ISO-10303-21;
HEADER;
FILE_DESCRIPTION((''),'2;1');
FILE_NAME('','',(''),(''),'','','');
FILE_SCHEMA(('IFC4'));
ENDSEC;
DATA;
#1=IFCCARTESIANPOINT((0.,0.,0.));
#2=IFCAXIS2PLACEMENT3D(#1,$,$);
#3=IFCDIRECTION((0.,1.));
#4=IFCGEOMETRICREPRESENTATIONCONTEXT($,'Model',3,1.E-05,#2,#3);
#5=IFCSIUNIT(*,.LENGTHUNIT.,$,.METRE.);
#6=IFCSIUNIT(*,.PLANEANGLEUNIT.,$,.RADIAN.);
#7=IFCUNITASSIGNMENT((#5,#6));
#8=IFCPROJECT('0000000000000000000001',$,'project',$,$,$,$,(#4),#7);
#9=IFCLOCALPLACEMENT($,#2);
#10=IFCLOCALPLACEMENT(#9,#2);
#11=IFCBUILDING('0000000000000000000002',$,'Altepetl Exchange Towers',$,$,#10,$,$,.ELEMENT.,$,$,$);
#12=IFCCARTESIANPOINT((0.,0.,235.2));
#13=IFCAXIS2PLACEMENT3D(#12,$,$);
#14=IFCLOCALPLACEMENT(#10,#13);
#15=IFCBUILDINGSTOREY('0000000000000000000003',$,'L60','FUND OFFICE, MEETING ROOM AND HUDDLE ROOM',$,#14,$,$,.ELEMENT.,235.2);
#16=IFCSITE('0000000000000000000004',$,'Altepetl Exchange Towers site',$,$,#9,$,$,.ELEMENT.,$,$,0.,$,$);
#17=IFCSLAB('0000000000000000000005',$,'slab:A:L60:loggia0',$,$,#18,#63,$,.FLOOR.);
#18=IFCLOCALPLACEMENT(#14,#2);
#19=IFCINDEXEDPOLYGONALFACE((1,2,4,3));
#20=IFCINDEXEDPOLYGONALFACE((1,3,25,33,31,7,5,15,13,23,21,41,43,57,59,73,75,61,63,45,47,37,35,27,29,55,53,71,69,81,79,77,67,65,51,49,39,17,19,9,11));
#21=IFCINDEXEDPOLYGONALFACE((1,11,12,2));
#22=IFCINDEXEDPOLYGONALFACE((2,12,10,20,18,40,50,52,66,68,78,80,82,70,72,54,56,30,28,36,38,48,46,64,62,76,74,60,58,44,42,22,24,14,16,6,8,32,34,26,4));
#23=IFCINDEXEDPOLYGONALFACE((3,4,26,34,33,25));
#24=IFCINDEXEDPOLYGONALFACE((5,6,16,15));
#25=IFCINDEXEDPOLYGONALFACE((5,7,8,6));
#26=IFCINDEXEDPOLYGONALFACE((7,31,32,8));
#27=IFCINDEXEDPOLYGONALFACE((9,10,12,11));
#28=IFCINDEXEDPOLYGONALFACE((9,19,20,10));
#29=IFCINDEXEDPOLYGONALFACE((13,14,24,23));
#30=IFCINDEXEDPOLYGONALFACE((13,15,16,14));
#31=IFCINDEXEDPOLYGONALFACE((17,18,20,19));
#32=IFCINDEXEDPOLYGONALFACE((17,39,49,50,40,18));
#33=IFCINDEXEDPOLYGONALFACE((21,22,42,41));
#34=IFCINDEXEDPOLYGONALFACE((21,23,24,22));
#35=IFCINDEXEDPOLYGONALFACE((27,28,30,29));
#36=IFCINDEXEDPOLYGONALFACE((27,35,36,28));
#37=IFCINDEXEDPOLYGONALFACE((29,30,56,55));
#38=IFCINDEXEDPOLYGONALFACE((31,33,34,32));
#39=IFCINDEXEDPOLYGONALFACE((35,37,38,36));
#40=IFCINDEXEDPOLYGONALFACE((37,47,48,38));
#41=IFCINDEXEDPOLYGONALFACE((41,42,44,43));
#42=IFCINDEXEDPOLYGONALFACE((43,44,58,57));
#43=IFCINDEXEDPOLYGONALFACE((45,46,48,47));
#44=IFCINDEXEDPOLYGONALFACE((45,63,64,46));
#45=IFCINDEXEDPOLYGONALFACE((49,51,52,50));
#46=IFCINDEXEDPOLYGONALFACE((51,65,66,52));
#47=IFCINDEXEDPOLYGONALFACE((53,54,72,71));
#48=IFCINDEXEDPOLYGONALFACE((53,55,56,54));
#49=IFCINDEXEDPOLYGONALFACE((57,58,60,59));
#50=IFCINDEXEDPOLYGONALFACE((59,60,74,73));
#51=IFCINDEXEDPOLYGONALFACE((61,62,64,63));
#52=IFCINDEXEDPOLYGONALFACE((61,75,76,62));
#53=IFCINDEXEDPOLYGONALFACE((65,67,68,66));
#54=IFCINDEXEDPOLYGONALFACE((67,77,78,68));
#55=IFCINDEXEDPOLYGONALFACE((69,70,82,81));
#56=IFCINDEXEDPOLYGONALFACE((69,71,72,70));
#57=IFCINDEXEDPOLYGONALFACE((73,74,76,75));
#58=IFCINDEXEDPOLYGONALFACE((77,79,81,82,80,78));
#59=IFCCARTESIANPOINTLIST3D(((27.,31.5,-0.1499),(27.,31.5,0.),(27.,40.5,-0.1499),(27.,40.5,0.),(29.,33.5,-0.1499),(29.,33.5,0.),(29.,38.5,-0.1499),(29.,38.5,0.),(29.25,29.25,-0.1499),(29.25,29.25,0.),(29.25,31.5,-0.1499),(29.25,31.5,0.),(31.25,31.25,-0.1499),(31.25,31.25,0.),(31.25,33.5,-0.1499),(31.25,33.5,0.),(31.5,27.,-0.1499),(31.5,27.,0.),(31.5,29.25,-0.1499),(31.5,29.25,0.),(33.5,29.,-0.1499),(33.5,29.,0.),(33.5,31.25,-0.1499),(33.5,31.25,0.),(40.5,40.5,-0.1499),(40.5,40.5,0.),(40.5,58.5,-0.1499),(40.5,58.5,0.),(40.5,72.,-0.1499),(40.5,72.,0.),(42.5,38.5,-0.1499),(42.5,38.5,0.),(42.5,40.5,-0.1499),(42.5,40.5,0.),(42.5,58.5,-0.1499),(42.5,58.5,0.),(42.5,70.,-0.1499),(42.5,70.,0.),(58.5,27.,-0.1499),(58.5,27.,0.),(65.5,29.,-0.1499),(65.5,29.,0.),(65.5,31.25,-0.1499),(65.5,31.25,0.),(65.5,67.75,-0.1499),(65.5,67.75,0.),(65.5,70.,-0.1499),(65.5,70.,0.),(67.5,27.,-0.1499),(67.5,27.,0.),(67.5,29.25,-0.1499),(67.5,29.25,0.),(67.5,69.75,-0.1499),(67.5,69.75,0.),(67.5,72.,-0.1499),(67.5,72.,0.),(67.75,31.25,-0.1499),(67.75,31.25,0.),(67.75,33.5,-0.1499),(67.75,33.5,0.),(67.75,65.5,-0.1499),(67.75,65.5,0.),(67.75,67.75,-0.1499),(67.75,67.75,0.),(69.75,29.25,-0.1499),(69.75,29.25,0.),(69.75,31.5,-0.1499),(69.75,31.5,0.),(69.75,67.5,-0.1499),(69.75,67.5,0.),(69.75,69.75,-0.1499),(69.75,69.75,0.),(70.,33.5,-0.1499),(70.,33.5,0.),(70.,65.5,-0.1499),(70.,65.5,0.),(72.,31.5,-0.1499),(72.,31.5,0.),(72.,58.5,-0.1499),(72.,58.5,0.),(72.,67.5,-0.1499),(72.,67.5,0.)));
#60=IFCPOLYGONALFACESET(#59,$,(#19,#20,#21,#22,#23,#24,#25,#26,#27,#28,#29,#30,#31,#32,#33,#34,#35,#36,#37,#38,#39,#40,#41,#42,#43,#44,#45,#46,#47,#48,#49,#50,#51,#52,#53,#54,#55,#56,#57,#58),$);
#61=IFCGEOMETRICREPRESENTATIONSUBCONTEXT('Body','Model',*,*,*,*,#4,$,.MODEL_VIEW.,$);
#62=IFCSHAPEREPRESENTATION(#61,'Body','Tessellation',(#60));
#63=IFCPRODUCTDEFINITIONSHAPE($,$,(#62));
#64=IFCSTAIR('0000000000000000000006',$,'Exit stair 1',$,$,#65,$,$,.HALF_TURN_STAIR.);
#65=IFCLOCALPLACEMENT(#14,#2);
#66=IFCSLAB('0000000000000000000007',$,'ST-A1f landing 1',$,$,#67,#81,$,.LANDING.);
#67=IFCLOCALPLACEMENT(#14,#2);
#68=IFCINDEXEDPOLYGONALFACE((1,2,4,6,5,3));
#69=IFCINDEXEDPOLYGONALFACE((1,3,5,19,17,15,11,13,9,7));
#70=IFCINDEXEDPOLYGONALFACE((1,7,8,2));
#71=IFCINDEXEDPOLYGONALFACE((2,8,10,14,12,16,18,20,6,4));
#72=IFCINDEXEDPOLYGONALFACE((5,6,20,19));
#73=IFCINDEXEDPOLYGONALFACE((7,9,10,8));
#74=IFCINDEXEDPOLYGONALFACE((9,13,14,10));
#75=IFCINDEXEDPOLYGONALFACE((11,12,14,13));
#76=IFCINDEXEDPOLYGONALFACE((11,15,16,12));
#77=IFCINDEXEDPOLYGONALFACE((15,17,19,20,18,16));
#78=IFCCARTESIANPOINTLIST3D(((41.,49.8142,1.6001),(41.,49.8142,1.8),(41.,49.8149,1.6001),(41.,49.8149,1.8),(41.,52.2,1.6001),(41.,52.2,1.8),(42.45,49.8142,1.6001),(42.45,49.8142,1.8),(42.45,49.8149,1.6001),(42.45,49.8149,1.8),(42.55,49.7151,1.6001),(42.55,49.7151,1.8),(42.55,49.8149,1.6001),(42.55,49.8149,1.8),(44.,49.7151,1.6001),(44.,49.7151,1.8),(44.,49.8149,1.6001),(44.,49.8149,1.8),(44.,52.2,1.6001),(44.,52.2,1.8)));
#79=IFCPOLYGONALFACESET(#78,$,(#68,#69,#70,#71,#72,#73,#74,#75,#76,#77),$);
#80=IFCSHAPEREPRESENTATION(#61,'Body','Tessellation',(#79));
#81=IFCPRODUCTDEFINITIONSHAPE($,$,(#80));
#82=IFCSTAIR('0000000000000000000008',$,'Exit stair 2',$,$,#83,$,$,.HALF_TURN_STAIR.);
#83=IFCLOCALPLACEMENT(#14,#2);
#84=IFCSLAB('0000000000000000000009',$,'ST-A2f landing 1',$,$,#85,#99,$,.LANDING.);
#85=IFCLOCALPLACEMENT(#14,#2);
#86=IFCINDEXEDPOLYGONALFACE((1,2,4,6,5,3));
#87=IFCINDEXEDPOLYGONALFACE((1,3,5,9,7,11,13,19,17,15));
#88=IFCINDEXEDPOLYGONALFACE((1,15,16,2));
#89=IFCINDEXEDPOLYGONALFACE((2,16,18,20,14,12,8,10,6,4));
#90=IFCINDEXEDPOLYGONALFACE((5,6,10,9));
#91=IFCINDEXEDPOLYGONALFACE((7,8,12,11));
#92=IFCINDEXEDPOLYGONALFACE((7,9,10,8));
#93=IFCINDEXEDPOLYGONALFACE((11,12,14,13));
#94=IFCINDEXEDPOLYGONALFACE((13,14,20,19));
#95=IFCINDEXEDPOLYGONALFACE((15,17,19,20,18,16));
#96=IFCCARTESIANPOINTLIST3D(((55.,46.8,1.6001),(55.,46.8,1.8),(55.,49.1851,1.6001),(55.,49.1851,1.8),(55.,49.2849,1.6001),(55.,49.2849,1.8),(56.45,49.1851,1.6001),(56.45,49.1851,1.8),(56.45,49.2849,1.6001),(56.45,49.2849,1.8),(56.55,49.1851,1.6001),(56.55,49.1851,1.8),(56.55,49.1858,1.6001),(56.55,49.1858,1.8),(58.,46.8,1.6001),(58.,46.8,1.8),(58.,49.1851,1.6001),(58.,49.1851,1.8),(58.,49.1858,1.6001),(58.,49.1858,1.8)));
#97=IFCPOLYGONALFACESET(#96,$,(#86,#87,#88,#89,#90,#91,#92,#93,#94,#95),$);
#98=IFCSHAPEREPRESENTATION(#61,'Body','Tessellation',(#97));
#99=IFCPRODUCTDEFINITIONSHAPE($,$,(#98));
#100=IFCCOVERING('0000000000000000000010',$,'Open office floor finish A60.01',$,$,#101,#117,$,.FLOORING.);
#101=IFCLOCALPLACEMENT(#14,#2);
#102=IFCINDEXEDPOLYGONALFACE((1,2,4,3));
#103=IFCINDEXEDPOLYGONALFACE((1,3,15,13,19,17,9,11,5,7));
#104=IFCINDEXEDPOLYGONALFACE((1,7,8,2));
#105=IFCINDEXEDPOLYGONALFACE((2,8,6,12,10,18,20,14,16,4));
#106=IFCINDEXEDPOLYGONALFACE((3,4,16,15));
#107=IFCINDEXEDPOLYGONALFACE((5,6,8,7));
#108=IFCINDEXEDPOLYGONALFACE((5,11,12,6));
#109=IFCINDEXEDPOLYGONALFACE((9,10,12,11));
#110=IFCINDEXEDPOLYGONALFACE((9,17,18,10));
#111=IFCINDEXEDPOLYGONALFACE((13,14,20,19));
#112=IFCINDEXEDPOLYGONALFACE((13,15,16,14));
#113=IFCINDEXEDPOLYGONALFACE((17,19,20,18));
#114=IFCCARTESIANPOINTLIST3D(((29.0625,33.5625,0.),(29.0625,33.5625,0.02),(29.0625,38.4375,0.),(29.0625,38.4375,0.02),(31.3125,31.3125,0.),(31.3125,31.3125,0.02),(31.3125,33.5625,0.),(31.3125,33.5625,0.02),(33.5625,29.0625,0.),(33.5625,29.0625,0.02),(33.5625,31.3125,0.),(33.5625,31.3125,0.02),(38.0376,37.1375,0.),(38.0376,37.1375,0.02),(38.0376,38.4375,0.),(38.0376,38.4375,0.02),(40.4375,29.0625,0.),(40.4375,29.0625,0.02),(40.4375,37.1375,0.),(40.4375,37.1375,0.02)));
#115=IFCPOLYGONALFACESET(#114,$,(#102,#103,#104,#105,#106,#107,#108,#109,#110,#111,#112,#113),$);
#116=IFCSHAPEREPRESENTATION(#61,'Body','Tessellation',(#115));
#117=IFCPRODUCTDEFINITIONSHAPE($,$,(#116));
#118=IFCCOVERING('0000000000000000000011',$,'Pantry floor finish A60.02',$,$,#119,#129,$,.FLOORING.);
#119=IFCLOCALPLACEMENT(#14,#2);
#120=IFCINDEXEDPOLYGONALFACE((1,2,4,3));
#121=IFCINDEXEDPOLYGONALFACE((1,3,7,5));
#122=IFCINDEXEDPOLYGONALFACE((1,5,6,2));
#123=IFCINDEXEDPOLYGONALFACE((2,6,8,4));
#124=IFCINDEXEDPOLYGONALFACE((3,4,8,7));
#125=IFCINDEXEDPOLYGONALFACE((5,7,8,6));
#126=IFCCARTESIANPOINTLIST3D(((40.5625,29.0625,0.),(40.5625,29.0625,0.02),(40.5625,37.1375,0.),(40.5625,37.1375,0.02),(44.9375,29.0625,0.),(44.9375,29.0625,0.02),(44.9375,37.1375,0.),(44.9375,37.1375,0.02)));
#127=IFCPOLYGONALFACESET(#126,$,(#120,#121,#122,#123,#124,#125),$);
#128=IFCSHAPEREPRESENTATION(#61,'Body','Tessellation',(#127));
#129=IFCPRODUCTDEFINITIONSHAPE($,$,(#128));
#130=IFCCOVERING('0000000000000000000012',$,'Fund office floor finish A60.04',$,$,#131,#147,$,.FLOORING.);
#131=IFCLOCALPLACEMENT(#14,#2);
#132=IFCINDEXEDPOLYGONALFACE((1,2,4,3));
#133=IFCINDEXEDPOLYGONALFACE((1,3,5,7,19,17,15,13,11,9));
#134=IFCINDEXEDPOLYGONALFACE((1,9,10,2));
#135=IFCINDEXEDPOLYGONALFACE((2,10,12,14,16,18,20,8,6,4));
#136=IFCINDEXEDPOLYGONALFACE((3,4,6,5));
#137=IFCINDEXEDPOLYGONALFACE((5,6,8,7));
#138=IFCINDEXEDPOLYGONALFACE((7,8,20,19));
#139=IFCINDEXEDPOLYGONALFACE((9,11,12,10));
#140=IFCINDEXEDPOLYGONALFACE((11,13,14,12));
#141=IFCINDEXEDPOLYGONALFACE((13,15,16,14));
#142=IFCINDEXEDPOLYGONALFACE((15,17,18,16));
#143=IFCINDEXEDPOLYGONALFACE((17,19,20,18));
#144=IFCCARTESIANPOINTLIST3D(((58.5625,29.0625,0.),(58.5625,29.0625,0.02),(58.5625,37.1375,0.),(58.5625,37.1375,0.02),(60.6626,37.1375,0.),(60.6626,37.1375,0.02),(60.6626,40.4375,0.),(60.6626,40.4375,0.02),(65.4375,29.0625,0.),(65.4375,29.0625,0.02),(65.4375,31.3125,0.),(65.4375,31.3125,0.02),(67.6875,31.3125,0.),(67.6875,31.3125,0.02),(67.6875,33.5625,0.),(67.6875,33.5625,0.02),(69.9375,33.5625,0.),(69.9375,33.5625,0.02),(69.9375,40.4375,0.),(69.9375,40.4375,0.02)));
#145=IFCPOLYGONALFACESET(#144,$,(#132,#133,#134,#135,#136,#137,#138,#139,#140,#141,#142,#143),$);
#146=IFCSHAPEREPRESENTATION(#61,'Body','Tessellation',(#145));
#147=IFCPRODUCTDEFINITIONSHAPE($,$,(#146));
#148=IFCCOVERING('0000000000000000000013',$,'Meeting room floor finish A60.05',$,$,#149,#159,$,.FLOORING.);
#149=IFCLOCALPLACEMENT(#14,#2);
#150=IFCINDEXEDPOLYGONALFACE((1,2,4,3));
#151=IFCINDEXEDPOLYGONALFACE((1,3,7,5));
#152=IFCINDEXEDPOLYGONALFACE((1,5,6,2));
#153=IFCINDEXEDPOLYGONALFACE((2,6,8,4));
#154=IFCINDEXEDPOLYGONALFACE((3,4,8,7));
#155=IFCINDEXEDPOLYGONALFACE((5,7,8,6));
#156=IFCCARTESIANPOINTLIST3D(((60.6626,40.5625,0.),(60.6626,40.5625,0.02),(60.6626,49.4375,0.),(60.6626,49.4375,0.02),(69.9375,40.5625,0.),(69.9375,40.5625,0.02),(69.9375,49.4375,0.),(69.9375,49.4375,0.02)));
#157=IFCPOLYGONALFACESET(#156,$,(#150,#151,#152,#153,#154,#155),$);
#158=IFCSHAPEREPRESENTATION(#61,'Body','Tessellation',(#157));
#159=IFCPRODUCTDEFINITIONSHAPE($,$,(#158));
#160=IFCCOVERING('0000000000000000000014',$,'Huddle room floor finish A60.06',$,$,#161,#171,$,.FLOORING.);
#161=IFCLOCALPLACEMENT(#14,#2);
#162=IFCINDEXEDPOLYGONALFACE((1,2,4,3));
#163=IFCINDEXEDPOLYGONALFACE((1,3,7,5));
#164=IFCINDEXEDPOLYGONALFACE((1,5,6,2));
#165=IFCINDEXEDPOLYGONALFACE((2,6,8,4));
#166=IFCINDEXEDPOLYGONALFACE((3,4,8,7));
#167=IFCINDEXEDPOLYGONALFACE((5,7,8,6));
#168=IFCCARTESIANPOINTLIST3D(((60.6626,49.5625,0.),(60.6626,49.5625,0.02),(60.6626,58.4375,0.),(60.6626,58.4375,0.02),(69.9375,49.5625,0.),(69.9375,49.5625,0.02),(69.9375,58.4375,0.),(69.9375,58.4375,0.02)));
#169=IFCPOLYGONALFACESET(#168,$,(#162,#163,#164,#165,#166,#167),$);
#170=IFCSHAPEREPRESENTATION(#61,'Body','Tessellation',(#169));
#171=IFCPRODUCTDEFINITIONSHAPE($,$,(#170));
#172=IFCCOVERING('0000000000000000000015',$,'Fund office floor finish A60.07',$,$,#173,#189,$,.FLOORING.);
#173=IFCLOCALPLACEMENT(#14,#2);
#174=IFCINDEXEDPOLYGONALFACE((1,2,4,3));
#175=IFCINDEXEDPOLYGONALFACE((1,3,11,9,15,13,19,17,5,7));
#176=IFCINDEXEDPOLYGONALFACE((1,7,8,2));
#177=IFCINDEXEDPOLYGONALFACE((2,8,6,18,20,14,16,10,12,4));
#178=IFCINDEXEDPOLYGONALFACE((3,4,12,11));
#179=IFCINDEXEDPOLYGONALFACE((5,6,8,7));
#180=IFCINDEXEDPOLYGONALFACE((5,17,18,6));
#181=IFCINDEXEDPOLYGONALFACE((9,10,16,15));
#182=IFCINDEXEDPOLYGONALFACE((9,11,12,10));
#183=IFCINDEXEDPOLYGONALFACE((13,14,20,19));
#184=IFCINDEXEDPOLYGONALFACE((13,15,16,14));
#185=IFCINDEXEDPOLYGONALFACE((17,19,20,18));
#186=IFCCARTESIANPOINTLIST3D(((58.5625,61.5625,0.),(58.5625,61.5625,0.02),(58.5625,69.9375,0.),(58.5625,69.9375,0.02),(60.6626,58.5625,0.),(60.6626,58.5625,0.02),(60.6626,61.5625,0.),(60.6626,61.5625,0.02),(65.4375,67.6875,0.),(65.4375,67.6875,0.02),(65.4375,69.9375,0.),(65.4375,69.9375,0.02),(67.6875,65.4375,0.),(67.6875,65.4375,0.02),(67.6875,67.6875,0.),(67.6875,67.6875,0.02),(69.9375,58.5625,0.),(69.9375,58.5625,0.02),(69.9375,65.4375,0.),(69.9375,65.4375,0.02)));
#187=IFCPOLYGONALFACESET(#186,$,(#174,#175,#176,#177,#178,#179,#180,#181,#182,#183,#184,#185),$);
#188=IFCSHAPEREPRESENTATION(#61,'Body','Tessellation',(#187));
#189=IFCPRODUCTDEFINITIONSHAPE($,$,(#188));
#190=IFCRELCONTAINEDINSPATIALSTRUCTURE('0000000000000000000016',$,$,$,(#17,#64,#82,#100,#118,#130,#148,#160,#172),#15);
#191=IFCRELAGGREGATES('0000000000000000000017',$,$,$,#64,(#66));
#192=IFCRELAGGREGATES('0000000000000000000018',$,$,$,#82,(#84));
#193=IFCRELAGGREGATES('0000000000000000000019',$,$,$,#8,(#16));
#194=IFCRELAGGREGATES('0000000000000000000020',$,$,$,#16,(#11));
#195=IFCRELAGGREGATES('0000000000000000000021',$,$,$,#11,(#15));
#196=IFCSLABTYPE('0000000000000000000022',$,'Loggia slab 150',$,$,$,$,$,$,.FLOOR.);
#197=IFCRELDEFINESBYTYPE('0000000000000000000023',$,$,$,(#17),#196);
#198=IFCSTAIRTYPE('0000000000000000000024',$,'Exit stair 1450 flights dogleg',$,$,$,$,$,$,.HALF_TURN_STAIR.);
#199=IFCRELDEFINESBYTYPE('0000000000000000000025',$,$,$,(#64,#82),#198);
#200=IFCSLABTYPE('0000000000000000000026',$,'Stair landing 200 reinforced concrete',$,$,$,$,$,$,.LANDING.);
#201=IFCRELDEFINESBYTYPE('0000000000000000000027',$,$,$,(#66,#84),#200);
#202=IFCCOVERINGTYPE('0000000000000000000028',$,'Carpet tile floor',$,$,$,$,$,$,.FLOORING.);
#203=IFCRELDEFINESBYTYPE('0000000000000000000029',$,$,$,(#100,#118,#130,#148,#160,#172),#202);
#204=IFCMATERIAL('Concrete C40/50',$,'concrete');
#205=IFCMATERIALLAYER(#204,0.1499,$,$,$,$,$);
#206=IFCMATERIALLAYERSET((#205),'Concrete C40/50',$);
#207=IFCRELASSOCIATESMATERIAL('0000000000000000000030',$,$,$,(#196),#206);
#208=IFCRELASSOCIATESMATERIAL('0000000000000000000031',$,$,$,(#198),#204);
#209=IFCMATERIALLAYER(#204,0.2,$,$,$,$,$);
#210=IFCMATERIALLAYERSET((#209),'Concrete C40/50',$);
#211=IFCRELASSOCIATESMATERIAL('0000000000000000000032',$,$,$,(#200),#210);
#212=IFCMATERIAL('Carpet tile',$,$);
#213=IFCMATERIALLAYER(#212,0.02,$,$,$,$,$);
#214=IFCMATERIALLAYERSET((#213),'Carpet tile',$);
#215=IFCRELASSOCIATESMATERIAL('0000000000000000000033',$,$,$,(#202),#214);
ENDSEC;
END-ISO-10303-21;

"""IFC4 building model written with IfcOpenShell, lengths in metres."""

from ifc_helpers import new_model, si_unit, direction, frame, origin, place, context, subcontext, project, spatial, polyline, outline, extrude, material, layer, layer_set, type_object, element, aggregate, save


model = new_model("IFC4")

# Units and contexts
model_context = context("Model", 3, precision=1e-05, world=origin(), true_north=direction((0.0, 1.0)))
body_context = subcontext(model_context, "Body", "Model", "MODEL_VIEW")
ifc_project = project(units=[si_unit("LENGTHUNIT", "METRE"), si_unit("PLANEANGLEUNIT", "RADIAN")], contexts=[model_context])

# Site, building, storey
site_placement = place(None, origin())
site = spatial("IfcSite", under=ifc_project, at=site_placement, Name="Altepetl Exchange Towers site", CompositionType="ELEMENT", RefElevation=0.0)
building_placement = place(site_placement, origin())
building = spatial("IfcBuilding", under=site, at=building_placement, Name="Altepetl Exchange Towers", CompositionType="ELEMENT")
storey_placement = place(building_placement, frame((0.0, 0.0, 235.2)))
storey = spatial("IfcBuildingStorey", under=building, at=storey_placement, Name="L60", Description="FUND OFFICE, MEETING ROOM AND HUDDLE ROOM", CompositionType="ELEMENT", Elevation=235.2)

# Shared definitions
ifc_material_1 = material(Name="Concrete C40/50", Category="concrete")

# Slab
ifc_layer_1 = layer(ifc_material_1, 0.1499)
ifc_layer_set_1 = layer_set([ifc_layer_1], Name="Concrete C40/50")
slab_type_1 = type_object("IfcSlabType", Name="Loggia slab 150", PredefinedType="FLOOR", material=ifc_layer_set_1)
slab_1_placement = place(storey_placement, frame((0.0, 0.0, -0.1499)))
element("IfcSlab", 1, at=slab_1_placement, inside=storey, type_object=slab_type_1, Name="slab:A:L60:loggia0", PredefinedType="FLOOR", context=body_context, shape_type="SweptSolid", body=[
    extrude(outline(polyline([(40.5, 72.0), (40.5, 58.5), (42.5, 58.5), (42.5, 70.0), (65.5, 70.0), (65.5, 67.75), (67.75, 67.75), (67.75, 65.5), (70.0, 65.5), (70.0, 33.5), (67.75, 33.5), (67.75, 31.25), (65.5, 31.25), (65.5, 29.0), (33.5, 29.0), (33.5, 31.25), (31.25, 31.25), (31.25, 33.5), (29.0, 33.5), (29.0, 38.5), (42.5, 38.5), (42.5, 40.5), (40.5, 40.5), (27.0, 40.5), (27.0, 31.5), (29.25, 31.5), (29.25, 29.25), (31.5, 29.25), (31.5, 27.0), (58.5, 27.0), (67.5, 27.0), (67.5, 29.25), (69.75, 29.25), (69.75, 31.5), (72.0, 31.5), (72.0, 58.5), (72.0, 67.5), (69.75, 67.5), (69.75, 69.75), (67.5, 69.75), (67.5, 72.0), (40.5, 72.0)])), origin(), (0.0, 0.0, 1.0), 0.1499),
])

# Stairs, slabs
stair_type = type_object("IfcStairType", Name="Exit stair 1450 flights dogleg", PredefinedType="HALF_TURN_STAIR", material=ifc_material_1)
stair_1_placement = place(storey_placement, origin())
stair_1 = element("IfcStair", 2, at=stair_1_placement, inside=storey, type_object=stair_type, Name="Exit stair 1", PredefinedType="HALF_TURN_STAIR")
ifc_layer_2 = layer(ifc_material_1, 0.2)
ifc_layer_set_2 = layer_set([ifc_layer_2], Name="Concrete C40/50")
slab_type_2 = type_object("IfcSlabType", Name="Stair landing 200 reinforced concrete", PredefinedType="LANDING", material=ifc_layer_set_2)
slab_2_placement = place(storey_placement, frame((0.0, 0.0, 1.6001)))
slab_2 = element("IfcSlab", 3, at=slab_2_placement, type_object=slab_type_2, Name="ST-A1f landing 1", PredefinedType="LANDING", context=body_context, shape_type="SweptSolid", body=[
    extrude(outline(polyline([(44.0, 49.7151), (42.55, 49.7151), (42.55, 49.8149), (42.45, 49.8149), (42.45, 49.8142), (41.0, 49.8142), (41.0, 49.8149), (41.0, 52.2), (44.0, 52.2), (44.0, 49.8149), (44.0, 49.7151)])), origin(), (0.0, 0.0, 1.0), 0.2),
])
aggregate(stair_1, [slab_2])
stair_2_placement = place(storey_placement, origin())
stair_2 = element("IfcStair", 4, at=stair_2_placement, inside=storey, type_object=stair_type, Name="Exit stair 2", PredefinedType="HALF_TURN_STAIR")
slab_3_placement = place(storey_placement, frame((0.0, 0.0, 1.6001)))
slab_3 = element("IfcSlab", 5, at=slab_3_placement, type_object=slab_type_2, Name="ST-A2f landing 1", PredefinedType="LANDING", context=body_context, shape_type="SweptSolid", body=[
    extrude(outline(polyline([(58.0, 46.8), (55.0, 46.8), (55.0, 49.1851), (55.0, 49.2849), (56.45, 49.2849), (56.45, 49.1851), (56.55, 49.1851), (56.55, 49.1858), (58.0, 49.1858), (58.0, 49.1851), (58.0, 46.8)])), origin(), (0.0, 0.0, 1.0), 0.2),
])
aggregate(stair_2, [slab_3])

# Coverings
ifc_material_2 = material(Name="Carpet tile")
ifc_layer_3 = layer(ifc_material_2, 0.02)
ifc_layer_set_3 = layer_set([ifc_layer_3], Name="Carpet tile")
covering_type_1 = type_object("IfcCoveringType", Name="Carpet tile floor", PredefinedType="FLOORING", material=ifc_layer_set_3)
covering_1_placement = place(storey_placement, origin())
element("IfcCovering", 6, at=covering_1_placement, inside=storey, type_object=covering_type_1, Name="Open office floor finish A60.01", PredefinedType="FLOORING", context=body_context, shape_type="SweptSolid", body=[
    extrude(outline(polyline([(33.5625, 31.3125), (33.5625, 29.0625), (40.4375, 29.0625), (40.4375, 37.1375), (38.0376, 37.1375), (38.0376, 38.4375), (29.0625, 38.4375), (29.0625, 33.5625), (31.3125, 33.5625), (31.3125, 31.3125), (33.5625, 31.3125)])), origin(), (0.0, 0.0, 1.0), 0.02),
])
covering_2_placement = place(storey_placement, origin())
element("IfcCovering", 7, at=covering_2_placement, inside=storey, type_object=covering_type_1, Name="Pantry floor finish A60.02", PredefinedType="FLOORING", context=body_context, shape_type="SweptSolid", body=[
    extrude(outline(polyline([(40.5625, 37.1375), (40.5625, 29.0625), (44.9375, 29.0625), (44.9375, 37.1375), (40.5625, 37.1375)])), origin(), (0.0, 0.0, 1.0), 0.02),
])
covering_3_placement = place(storey_placement, origin())
element("IfcCovering", 8, at=covering_3_placement, inside=storey, type_object=covering_type_1, Name="Fund office floor finish A60.04", PredefinedType="FLOORING", context=body_context, shape_type="SweptSolid", body=[
    extrude(outline(polyline([(58.5625, 37.1375), (58.5625, 29.0625), (65.4375, 29.0625), (65.4375, 31.3125), (67.6875, 31.3125), (67.6875, 33.5625), (69.9375, 33.5625), (69.9375, 40.4375), (60.6626, 40.4375), (60.6626, 37.1375), (58.5625, 37.1375)])), origin(), (0.0, 0.0, 1.0), 0.02),
])
covering_4_placement = place(storey_placement, origin())
element("IfcCovering", 9, at=covering_4_placement, inside=storey, type_object=covering_type_1, Name="Meeting room floor finish A60.05", PredefinedType="FLOORING", context=body_context, shape_type="SweptSolid", body=[
    extrude(outline(polyline([(60.6626, 40.5625), (69.9375, 40.5625), (69.9375, 49.4375), (60.6626, 49.4375), (60.6626, 40.5625)])), origin(), (0.0, 0.0, 1.0), 0.02),
])
covering_5_placement = place(storey_placement, origin())
element("IfcCovering", 10, at=covering_5_placement, inside=storey, type_object=covering_type_1, Name="Huddle room floor finish A60.06", PredefinedType="FLOORING", context=body_context, shape_type="SweptSolid", body=[
    extrude(outline(polyline([(60.6626, 49.5625), (69.9375, 49.5625), (69.9375, 58.4375), (60.6626, 58.4375), (60.6626, 49.5625)])), origin(), (0.0, 0.0, 1.0), 0.02),
])
covering_6_placement = place(storey_placement, origin())
element("IfcCovering", 11, at=covering_6_placement, inside=storey, type_object=covering_type_1, Name="Fund office floor finish A60.07", PredefinedType="FLOORING", context=body_context, shape_type="SweptSolid", body=[
    extrude(outline(polyline([(60.6626, 58.5625), (69.9375, 58.5625), (69.9375, 65.4375), (67.6875, 65.4375), (67.6875, 67.6875), (65.4375, 67.6875), (65.4375, 69.9375), (58.5625, 69.9375), (58.5625, 61.5625), (60.6626, 61.5625), (60.6626, 58.5625)])), origin(), (0.0, 0.0, 1.0), 0.02),
])

save(model, "model.ifc")
